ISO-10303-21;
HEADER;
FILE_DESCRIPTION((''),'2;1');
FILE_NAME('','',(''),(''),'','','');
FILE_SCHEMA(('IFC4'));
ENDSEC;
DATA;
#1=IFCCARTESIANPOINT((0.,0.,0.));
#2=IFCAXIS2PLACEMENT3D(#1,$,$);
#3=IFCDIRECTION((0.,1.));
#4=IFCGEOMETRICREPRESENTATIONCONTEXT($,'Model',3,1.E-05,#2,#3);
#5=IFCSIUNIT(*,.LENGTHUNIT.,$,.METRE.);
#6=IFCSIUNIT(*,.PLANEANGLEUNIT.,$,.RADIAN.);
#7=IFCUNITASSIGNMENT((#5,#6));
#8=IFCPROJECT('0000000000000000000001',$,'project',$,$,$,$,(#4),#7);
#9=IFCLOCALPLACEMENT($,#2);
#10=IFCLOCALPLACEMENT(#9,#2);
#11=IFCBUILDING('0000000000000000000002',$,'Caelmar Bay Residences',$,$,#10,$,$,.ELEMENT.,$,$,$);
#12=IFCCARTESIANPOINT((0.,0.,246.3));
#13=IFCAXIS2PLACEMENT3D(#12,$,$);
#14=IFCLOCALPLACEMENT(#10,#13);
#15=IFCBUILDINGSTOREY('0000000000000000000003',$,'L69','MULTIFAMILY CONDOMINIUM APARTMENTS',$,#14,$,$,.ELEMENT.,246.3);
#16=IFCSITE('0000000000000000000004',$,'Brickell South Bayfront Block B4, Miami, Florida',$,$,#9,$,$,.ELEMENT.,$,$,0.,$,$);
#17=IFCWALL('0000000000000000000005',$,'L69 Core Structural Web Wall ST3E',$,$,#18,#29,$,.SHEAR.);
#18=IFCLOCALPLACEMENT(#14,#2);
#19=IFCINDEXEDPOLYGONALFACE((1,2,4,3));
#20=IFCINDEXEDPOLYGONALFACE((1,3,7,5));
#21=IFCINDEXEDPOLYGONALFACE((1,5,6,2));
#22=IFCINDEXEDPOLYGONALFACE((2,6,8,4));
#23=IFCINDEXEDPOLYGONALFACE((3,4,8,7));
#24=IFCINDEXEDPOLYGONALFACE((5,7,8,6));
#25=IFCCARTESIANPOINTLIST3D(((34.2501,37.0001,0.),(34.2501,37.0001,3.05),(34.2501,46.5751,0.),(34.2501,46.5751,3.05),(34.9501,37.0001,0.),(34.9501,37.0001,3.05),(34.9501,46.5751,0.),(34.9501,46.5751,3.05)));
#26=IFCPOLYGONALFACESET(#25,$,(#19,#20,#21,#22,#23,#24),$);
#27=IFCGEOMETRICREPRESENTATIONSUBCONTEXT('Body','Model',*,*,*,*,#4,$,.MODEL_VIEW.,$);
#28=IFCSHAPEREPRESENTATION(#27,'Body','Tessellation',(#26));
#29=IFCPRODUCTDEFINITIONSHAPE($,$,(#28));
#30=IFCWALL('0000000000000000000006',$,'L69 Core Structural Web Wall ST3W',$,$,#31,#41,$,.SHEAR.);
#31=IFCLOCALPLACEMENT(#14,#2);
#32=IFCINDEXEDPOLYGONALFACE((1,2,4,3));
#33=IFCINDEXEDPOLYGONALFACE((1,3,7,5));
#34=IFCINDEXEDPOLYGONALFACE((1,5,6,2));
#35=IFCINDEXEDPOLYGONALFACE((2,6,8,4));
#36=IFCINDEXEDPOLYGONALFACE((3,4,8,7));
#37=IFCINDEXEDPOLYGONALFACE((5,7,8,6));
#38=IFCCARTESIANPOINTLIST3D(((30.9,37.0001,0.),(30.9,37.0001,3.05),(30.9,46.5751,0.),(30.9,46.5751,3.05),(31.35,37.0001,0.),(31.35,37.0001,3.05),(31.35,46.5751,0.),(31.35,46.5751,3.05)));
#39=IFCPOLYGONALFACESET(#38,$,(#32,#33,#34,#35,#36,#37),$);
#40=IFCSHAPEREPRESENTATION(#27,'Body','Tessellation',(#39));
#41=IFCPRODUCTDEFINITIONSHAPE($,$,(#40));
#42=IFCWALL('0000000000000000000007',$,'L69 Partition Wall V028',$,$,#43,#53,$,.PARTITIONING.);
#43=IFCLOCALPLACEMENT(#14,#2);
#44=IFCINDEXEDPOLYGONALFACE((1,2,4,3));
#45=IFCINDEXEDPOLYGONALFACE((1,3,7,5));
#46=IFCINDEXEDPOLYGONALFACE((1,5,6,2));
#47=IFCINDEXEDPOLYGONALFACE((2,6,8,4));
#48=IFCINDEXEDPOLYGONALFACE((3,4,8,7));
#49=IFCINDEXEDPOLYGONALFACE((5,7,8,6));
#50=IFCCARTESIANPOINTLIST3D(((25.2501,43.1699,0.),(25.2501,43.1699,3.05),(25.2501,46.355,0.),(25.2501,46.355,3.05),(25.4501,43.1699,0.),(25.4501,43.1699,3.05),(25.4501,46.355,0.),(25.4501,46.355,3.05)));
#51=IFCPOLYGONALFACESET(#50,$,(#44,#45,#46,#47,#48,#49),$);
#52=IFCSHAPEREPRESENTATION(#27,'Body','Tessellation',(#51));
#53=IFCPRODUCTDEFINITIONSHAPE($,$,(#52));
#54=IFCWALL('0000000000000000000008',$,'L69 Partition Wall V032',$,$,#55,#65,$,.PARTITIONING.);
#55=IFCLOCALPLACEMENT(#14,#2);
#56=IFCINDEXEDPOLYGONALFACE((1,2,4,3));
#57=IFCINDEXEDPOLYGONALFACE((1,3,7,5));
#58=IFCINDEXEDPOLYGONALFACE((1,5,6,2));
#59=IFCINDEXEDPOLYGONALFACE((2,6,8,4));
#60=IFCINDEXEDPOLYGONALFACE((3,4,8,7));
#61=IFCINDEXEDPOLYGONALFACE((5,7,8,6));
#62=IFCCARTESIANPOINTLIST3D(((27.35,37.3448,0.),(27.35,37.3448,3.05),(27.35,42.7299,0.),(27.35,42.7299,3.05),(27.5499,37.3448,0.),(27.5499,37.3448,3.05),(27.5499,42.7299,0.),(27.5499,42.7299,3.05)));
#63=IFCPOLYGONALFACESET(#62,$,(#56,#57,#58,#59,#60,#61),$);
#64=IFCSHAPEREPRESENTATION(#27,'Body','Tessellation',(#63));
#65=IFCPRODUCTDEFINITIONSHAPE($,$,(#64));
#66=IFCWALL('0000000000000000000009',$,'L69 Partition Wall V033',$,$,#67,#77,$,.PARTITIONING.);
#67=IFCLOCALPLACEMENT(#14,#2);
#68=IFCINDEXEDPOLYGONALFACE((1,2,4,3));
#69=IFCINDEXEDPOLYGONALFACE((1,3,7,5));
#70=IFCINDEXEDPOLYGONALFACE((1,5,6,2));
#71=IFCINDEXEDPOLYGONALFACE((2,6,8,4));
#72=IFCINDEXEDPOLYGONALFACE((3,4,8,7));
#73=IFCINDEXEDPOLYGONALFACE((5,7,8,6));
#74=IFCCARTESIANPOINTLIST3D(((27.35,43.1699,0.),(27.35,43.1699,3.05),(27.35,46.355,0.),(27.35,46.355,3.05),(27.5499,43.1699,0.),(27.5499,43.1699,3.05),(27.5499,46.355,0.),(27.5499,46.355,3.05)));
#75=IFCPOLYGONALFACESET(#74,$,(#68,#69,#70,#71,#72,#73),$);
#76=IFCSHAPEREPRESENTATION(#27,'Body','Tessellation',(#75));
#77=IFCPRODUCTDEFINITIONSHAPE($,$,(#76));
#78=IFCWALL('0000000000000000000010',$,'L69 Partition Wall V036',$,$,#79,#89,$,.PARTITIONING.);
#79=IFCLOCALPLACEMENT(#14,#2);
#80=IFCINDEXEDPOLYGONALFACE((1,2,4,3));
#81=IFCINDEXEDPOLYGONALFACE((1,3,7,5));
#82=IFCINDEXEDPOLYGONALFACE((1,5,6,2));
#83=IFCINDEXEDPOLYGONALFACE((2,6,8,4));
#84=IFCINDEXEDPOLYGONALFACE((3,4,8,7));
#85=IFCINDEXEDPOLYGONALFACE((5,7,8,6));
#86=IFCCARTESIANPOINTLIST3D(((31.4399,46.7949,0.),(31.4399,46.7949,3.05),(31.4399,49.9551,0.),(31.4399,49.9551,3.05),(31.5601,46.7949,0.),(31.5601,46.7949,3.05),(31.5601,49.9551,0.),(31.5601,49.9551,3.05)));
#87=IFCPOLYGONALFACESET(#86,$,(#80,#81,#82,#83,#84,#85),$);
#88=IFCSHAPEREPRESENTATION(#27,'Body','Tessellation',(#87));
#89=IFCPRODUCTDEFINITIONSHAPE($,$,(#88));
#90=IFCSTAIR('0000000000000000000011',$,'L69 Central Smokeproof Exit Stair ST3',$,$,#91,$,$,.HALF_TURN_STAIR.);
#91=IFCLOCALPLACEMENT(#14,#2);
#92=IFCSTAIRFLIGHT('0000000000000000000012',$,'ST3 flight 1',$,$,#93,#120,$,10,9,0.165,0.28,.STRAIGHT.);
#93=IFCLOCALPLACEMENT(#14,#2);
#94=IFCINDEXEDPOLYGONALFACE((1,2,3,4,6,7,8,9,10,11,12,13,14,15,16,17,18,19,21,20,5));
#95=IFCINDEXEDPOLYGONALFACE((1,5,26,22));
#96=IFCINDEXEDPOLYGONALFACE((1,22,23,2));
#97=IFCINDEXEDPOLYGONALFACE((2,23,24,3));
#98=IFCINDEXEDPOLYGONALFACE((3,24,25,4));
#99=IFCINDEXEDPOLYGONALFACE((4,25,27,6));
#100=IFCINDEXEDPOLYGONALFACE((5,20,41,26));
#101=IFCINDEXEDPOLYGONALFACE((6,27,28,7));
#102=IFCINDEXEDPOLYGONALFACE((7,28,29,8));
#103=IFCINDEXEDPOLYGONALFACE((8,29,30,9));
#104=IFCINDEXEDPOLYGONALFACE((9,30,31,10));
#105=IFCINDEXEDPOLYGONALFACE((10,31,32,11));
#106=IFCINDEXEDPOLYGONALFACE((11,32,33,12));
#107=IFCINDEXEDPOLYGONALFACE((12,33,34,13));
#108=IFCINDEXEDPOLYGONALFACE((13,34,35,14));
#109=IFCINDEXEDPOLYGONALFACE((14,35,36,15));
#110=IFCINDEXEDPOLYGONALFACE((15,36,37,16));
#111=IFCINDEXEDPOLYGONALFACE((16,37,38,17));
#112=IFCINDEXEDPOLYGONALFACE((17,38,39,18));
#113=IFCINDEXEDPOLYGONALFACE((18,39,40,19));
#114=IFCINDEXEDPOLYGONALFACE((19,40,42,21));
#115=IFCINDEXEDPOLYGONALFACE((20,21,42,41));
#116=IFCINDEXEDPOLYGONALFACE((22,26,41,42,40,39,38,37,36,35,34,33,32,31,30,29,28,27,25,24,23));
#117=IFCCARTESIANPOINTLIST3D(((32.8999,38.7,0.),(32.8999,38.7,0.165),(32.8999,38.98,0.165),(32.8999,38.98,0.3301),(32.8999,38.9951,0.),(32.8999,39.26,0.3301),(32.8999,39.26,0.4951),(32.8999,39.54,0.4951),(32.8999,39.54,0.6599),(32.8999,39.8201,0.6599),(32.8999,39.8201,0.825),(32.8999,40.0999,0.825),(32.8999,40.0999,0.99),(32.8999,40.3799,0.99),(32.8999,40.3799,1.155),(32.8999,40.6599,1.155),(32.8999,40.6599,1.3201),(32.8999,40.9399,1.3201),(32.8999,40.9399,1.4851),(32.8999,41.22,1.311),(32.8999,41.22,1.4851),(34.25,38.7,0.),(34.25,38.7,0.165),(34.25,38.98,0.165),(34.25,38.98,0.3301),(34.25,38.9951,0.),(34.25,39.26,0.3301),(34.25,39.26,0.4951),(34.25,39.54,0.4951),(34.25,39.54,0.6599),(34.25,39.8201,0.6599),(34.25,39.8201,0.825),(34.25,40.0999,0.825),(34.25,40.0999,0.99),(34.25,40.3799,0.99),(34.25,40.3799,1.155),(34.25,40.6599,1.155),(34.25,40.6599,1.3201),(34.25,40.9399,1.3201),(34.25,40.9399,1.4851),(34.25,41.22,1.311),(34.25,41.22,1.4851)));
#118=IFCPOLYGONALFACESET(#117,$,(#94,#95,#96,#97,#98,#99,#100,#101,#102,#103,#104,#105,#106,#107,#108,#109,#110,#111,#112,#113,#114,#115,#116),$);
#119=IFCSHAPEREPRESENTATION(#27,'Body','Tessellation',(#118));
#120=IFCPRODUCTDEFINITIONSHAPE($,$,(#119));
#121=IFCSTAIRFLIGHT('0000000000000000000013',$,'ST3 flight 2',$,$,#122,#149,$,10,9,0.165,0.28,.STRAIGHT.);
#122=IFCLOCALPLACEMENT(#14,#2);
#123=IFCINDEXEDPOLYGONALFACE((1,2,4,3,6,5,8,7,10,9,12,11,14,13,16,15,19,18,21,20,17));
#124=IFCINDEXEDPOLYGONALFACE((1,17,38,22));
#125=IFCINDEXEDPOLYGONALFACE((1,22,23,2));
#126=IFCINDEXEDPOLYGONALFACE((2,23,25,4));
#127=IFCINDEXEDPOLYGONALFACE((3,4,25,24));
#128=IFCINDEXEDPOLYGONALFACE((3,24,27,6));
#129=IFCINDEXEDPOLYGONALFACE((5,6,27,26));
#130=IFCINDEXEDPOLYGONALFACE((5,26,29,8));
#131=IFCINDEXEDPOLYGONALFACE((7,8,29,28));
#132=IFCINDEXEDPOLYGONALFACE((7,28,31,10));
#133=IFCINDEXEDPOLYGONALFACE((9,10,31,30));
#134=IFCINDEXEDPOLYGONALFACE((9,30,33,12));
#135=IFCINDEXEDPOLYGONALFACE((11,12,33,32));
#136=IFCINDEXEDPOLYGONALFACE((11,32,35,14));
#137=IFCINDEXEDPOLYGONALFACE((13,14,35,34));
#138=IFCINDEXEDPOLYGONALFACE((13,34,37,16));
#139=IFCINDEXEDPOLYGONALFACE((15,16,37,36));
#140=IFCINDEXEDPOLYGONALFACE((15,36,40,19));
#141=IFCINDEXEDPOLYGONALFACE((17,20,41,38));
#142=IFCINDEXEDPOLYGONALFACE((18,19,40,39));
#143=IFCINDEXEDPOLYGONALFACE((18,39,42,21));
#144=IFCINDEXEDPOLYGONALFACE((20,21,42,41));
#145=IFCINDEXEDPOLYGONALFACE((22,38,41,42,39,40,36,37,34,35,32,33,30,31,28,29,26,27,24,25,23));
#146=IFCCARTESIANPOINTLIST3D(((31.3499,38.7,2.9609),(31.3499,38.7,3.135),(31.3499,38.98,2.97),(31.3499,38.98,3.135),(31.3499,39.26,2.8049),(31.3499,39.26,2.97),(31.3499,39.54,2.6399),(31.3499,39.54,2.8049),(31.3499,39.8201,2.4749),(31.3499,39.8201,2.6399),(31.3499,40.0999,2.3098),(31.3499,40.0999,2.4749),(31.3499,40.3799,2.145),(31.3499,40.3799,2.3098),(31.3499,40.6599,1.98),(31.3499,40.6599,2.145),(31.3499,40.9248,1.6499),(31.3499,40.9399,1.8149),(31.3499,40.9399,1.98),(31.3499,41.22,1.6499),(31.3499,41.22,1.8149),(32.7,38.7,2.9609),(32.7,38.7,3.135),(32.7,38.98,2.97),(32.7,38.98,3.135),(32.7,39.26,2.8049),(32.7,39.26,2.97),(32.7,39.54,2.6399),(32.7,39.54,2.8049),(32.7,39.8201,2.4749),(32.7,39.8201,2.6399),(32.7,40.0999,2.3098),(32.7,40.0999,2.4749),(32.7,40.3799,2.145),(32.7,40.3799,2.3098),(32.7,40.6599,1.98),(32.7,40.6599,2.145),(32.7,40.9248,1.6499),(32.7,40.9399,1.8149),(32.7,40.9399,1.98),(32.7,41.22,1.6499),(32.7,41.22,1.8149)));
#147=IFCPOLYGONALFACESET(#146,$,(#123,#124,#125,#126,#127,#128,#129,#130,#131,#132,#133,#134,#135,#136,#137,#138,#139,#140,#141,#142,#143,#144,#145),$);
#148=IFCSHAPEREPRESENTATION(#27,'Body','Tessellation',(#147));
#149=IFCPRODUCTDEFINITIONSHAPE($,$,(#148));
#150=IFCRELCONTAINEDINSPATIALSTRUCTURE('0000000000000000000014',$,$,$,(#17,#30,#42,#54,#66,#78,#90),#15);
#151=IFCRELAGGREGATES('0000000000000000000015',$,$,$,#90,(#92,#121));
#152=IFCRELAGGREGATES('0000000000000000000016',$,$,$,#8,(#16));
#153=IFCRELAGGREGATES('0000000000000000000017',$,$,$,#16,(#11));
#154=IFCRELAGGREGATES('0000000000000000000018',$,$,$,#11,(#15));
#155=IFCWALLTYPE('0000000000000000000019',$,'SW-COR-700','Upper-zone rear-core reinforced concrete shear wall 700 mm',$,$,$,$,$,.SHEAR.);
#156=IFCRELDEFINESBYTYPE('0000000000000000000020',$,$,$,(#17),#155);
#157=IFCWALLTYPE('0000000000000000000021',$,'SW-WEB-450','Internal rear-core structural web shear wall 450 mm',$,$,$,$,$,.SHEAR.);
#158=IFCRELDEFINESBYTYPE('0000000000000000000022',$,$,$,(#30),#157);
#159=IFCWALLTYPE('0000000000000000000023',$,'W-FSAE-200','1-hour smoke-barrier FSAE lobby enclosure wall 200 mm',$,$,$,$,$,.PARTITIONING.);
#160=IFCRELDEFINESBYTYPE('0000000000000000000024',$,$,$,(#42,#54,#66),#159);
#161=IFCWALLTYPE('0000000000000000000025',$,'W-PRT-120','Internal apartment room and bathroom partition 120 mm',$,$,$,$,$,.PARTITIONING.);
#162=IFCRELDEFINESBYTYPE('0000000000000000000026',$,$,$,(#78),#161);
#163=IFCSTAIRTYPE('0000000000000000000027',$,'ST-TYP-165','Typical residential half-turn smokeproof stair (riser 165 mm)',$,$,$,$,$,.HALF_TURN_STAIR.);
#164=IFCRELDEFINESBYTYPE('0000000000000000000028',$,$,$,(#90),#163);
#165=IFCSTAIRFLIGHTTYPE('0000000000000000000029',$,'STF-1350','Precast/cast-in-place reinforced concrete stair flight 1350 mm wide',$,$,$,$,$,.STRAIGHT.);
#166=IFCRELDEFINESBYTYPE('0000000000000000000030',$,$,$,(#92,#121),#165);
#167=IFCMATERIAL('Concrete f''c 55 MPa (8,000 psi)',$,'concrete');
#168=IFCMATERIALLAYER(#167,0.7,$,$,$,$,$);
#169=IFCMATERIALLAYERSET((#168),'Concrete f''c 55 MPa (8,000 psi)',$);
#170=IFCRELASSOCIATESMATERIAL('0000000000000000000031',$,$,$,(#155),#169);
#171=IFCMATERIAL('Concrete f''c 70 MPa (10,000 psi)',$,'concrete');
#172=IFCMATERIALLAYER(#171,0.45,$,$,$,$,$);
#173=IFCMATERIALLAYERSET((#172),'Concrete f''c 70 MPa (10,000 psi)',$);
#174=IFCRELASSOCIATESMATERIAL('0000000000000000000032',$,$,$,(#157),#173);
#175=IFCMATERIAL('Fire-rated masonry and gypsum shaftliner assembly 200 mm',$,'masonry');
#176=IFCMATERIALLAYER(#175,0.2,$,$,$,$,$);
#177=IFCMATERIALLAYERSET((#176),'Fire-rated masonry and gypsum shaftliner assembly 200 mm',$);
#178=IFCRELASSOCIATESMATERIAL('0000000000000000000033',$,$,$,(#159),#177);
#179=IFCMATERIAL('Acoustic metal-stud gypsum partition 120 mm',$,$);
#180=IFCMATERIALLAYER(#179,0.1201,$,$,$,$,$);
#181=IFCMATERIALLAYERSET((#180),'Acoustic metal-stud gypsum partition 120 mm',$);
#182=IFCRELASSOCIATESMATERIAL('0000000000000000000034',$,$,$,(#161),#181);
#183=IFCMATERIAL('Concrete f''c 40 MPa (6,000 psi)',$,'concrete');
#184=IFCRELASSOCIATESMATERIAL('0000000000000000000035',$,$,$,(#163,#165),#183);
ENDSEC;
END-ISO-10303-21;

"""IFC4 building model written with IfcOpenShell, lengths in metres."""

from ifc_helpers import new_model, si_unit, direction, frame, frame_2d, origin, place, context, subcontext, project, spatial, polyline, rectangle, outline, extrude, material, layer, layer_set, type_object, element, aggregate, save


model = new_model("IFC4")

# Units and contexts
model_context = context("Model", 3, precision=1e-05, world=origin(), true_north=direction((0.0, 1.0)))
body_context = subcontext(model_context, "Body", "Model", "MODEL_VIEW")
ifc_project = project(units=[si_unit("LENGTHUNIT", "METRE"), si_unit("PLANEANGLEUNIT", "RADIAN")], contexts=[model_context])

# Site, building, storey
site_placement = place(None, origin())
site = spatial("IfcSite", under=ifc_project, at=site_placement, Name="Brickell South Bayfront Block B4, Miami, Florida", CompositionType="ELEMENT", RefElevation=0.0)
building_placement = place(site_placement, origin())
building = spatial("IfcBuilding", under=site, at=building_placement, Name="Caelmar Bay Residences", CompositionType="ELEMENT")
storey_placement = place(building_placement, frame((0.0, 0.0, 246.3)))
storey = spatial("IfcBuildingStorey", under=building, at=storey_placement, Name="L69", Description="MULTIFAMILY CONDOMINIUM APARTMENTS", CompositionType="ELEMENT", Elevation=246.3)

# Walls
ifc_material_1 = material(Name="Concrete f'c 55 MPa (8,000 psi)", Category="concrete")
ifc_layer_1 = layer(ifc_material_1, 0.7)
ifc_layer_set_1 = layer_set([ifc_layer_1], Name="Concrete f'c 55 MPa (8,000 psi)")
wall_type_1 = type_object("IfcWallType", Name="SW-COR-700", Description="Upper-zone rear-core reinforced concrete shear wall 700 mm", PredefinedType="SHEAR", material=ifc_layer_set_1)
wall_1_placement = place(storey_placement, frame((34.6001, 37.0, 0.0), z_axis=(0.0, 0.0, 1.0), x_axis=(0.0, 1.0, 0.0)))
element("IfcWall", 1, at=wall_1_placement, inside=storey, type_object=wall_type_1, Name="L69 Core Structural Web Wall ST3E", PredefinedType="SHEAR", context=body_context, shape_type="SweptSolid", body=[
    extrude(rectangle(XDim=9.575, YDim=0.7, at=frame_2d((4.7876, 0.0))), origin(), (0.0, 0.0, 1.0), 3.05),
])
ifc_material_2 = material(Name="Concrete f'c 70 MPa (10,000 psi)", Category="concrete")
ifc_layer_2 = layer(ifc_material_2, 0.45)
ifc_layer_set_2 = layer_set([ifc_layer_2], Name="Concrete f'c 70 MPa (10,000 psi)")
wall_type_2 = type_object("IfcWallType", Name="SW-WEB-450", Description="Internal rear-core structural web shear wall 450 mm", PredefinedType="SHEAR", material=ifc_layer_set_2)
wall_2_placement = place(storey_placement, frame((31.125, 37.0, 0.0), z_axis=(0.0, 0.0, 1.0), x_axis=(0.0, 1.0, 0.0)))
element("IfcWall", 2, at=wall_2_placement, inside=storey, type_object=wall_type_2, Name="L69 Core Structural Web Wall ST3W", PredefinedType="SHEAR", context=body_context, shape_type="SweptSolid", body=[
    extrude(rectangle(XDim=9.575, YDim=0.45, at=frame_2d((4.7876, 0.0))), origin(), (0.0, 0.0, 1.0), 3.05),
])
ifc_material_3 = material(Name="Fire-rated masonry and gypsum shaftliner assembly 200 mm", Category="masonry")
ifc_layer_3 = layer(ifc_material_3, 0.2)
ifc_layer_set_3 = layer_set([ifc_layer_3], Name="Fire-rated masonry and gypsum shaftliner assembly 200 mm")
wall_type_3 = type_object("IfcWallType", Name="W-FSAE-200", Description="1-hour smoke-barrier FSAE lobby enclosure wall 200 mm", PredefinedType="PARTITIONING", material=ifc_layer_set_3)
wall_3_placement = place(storey_placement, frame((25.3501, 43.1699, 0.0), z_axis=(0.0, 0.0, 1.0), x_axis=(0.0, 1.0, 0.0)))
element("IfcWall", 3, at=wall_3_placement, inside=storey, type_object=wall_type_3, Name="L69 Partition Wall V028", PredefinedType="PARTITIONING", context=body_context, shape_type="SweptSolid", body=[
    extrude(rectangle(XDim=3.1851, YDim=0.2, at=frame_2d((1.5925, 0.0))), origin(), (0.0, 0.0, 1.0), 3.05),
])
wall_4_placement = place(storey_placement, frame((27.45, 37.345, 0.0), z_axis=(0.0, 0.0, 1.0), x_axis=(0.0, 1.0, 0.0)))
element("IfcWall", 4, at=wall_4_placement, inside=storey, type_object=wall_type_3, Name="L69 Partition Wall V032", PredefinedType="PARTITIONING", context=body_context, shape_type="SweptSolid", body=[
    extrude(rectangle(XDim=5.385, YDim=0.2, at=frame_2d((2.6924, 0.0))), origin(), (0.0, 0.0, 1.0), 3.05),
])
wall_5_placement = place(storey_placement, frame((27.45, 43.1699, 0.0), z_axis=(0.0, 0.0, 1.0), x_axis=(0.0, 1.0, 0.0)))
element("IfcWall", 5, at=wall_5_placement, inside=storey, type_object=wall_type_3, Name="L69 Partition Wall V033", PredefinedType="PARTITIONING", context=body_context, shape_type="SweptSolid", body=[
    extrude(rectangle(XDim=3.1851, YDim=0.2, at=frame_2d((1.5925, 0.0))), origin(), (0.0, 0.0, 1.0), 3.05),
])
ifc_material_4 = material(Name="Acoustic metal-stud gypsum partition 120 mm")
ifc_layer_4 = layer(ifc_material_4, 0.1201)
ifc_layer_set_4 = layer_set([ifc_layer_4], Name="Acoustic metal-stud gypsum partition 120 mm")
wall_type_4 = type_object("IfcWallType", Name="W-PRT-120", Description="Internal apartment room and bathroom partition 120 mm", PredefinedType="PARTITIONING", material=ifc_layer_set_4)
wall_6_placement = place(storey_placement, frame((31.5, 46.7949, 0.0), z_axis=(0.0, 0.0, 1.0), x_axis=(0.0, 1.0, 0.0)))
element("IfcWall", 6, at=wall_6_placement, inside=storey, type_object=wall_type_4, Name="L69 Partition Wall V036", PredefinedType="PARTITIONING", context=body_context, shape_type="SweptSolid", body=[
    extrude(rectangle(XDim=3.1602, YDim=0.1201, at=frame_2d((1.5801, 0.0))), origin(), (0.0, 0.0, 1.0), 3.05),
])

# Stair, stair flights
ifc_material_5 = material(Name="Concrete f'c 40 MPa (6,000 psi)", Category="concrete")
stair_type = type_object("IfcStairType", Name="ST-TYP-165", Description="Typical residential half-turn smokeproof stair (riser 165 mm)", PredefinedType="HALF_TURN_STAIR", material=ifc_material_5)
stair_placement = place(storey_placement, origin())
stair = element("IfcStair", 7, at=stair_placement, inside=storey, type_object=stair_type, Name="L69 Central Smokeproof Exit Stair ST3", PredefinedType="HALF_TURN_STAIR")
stair_flight_type = type_object("IfcStairFlightType", Name="STF-1350", Description="Precast/cast-in-place reinforced concrete stair flight 1350 mm wide", PredefinedType="STRAIGHT", material=ifc_material_5)
stair_flight_1_placement = place(storey_placement, frame((33.575, 38.7, 0.0), z_axis=(0.0, 0.0, 1.0), x_axis=(0.0, 1.0, 0.0)))
stair_flight_1 = element("IfcStairFlight", 8, at=stair_flight_1_placement, type_object=stair_flight_type, Name="ST3 flight 1", NumberOfRisers=10, NumberOfTreads=9, PredefinedType="STRAIGHT", RiserHeight=0.165, TreadLength=0.28, context=body_context, shape_type="SweptSolid", body=[
    extrude(outline(polyline([(0.0, 0.0), (0.0, 0.165), (0.28, 0.165), (0.28, 0.3301), (0.5601, 0.3301), (0.5601, 0.4951), (0.8401, 0.4951), (0.8401, 0.6599), (1.1201, 0.6599), (1.1201, 0.825), (1.3999, 0.825), (1.3999, 0.99), (1.6799, 0.99), (1.6799, 1.155), (1.96, 1.155), (1.96, 1.3201), (2.24, 1.3201), (2.24, 1.4851), (2.52, 1.4851), (2.52, 1.6499), (2.52, 1.311), (0.2952, 0.0), (0.0, 0.0)])), frame((0.0, 0.675, 0.0), z_axis=(0.0, -1.0, 0.0), x_axis=(1.0, 0.0, 0.0)), (0.0, 0.0, 1.0), 1.3501),
])
stair_flight_2_placement = place(storey_placement, frame((32.0249, 41.22, 1.6499), z_axis=(0.0, 0.0, 1.0), x_axis=(0.0, -1.0, 0.0)))
stair_flight_2 = element("IfcStairFlight", 9, at=stair_flight_2_placement, type_object=stair_flight_type, Name="ST3 flight 2", NumberOfRisers=10, NumberOfTreads=9, PredefinedType="STRAIGHT", RiserHeight=0.165, TreadLength=0.28, context=body_context, shape_type="SweptSolid", body=[
    extrude(outline(polyline([(0.0, 0.0), (0.0, 0.165), (0.28, 0.165), (0.28, 0.3301), (0.5601, 0.3301), (0.5601, 0.4951), (0.8401, 0.4951), (0.8401, 0.6599), (1.1201, 0.6599), (1.1201, 0.825), (1.3999, 0.825), (1.3999, 0.99), (1.6799, 0.99), (1.6799, 1.155), (1.96, 1.155), (1.96, 1.3201), (2.24, 1.3201), (2.24, 1.4851), (2.52, 1.4851), (2.52, 1.6499), (2.52, 1.311), (0.2952, 0.0), (0.0, 0.0)])), frame((0.0, 0.675, 0.0), z_axis=(0.0, -1.0, 0.0), x_axis=(1.0, 0.0, 0.0)), (0.0, 0.0, 1.0), 1.3501),
])
aggregate(stair, [stair_flight_1, stair_flight_2])

save(model, "model.ifc")
